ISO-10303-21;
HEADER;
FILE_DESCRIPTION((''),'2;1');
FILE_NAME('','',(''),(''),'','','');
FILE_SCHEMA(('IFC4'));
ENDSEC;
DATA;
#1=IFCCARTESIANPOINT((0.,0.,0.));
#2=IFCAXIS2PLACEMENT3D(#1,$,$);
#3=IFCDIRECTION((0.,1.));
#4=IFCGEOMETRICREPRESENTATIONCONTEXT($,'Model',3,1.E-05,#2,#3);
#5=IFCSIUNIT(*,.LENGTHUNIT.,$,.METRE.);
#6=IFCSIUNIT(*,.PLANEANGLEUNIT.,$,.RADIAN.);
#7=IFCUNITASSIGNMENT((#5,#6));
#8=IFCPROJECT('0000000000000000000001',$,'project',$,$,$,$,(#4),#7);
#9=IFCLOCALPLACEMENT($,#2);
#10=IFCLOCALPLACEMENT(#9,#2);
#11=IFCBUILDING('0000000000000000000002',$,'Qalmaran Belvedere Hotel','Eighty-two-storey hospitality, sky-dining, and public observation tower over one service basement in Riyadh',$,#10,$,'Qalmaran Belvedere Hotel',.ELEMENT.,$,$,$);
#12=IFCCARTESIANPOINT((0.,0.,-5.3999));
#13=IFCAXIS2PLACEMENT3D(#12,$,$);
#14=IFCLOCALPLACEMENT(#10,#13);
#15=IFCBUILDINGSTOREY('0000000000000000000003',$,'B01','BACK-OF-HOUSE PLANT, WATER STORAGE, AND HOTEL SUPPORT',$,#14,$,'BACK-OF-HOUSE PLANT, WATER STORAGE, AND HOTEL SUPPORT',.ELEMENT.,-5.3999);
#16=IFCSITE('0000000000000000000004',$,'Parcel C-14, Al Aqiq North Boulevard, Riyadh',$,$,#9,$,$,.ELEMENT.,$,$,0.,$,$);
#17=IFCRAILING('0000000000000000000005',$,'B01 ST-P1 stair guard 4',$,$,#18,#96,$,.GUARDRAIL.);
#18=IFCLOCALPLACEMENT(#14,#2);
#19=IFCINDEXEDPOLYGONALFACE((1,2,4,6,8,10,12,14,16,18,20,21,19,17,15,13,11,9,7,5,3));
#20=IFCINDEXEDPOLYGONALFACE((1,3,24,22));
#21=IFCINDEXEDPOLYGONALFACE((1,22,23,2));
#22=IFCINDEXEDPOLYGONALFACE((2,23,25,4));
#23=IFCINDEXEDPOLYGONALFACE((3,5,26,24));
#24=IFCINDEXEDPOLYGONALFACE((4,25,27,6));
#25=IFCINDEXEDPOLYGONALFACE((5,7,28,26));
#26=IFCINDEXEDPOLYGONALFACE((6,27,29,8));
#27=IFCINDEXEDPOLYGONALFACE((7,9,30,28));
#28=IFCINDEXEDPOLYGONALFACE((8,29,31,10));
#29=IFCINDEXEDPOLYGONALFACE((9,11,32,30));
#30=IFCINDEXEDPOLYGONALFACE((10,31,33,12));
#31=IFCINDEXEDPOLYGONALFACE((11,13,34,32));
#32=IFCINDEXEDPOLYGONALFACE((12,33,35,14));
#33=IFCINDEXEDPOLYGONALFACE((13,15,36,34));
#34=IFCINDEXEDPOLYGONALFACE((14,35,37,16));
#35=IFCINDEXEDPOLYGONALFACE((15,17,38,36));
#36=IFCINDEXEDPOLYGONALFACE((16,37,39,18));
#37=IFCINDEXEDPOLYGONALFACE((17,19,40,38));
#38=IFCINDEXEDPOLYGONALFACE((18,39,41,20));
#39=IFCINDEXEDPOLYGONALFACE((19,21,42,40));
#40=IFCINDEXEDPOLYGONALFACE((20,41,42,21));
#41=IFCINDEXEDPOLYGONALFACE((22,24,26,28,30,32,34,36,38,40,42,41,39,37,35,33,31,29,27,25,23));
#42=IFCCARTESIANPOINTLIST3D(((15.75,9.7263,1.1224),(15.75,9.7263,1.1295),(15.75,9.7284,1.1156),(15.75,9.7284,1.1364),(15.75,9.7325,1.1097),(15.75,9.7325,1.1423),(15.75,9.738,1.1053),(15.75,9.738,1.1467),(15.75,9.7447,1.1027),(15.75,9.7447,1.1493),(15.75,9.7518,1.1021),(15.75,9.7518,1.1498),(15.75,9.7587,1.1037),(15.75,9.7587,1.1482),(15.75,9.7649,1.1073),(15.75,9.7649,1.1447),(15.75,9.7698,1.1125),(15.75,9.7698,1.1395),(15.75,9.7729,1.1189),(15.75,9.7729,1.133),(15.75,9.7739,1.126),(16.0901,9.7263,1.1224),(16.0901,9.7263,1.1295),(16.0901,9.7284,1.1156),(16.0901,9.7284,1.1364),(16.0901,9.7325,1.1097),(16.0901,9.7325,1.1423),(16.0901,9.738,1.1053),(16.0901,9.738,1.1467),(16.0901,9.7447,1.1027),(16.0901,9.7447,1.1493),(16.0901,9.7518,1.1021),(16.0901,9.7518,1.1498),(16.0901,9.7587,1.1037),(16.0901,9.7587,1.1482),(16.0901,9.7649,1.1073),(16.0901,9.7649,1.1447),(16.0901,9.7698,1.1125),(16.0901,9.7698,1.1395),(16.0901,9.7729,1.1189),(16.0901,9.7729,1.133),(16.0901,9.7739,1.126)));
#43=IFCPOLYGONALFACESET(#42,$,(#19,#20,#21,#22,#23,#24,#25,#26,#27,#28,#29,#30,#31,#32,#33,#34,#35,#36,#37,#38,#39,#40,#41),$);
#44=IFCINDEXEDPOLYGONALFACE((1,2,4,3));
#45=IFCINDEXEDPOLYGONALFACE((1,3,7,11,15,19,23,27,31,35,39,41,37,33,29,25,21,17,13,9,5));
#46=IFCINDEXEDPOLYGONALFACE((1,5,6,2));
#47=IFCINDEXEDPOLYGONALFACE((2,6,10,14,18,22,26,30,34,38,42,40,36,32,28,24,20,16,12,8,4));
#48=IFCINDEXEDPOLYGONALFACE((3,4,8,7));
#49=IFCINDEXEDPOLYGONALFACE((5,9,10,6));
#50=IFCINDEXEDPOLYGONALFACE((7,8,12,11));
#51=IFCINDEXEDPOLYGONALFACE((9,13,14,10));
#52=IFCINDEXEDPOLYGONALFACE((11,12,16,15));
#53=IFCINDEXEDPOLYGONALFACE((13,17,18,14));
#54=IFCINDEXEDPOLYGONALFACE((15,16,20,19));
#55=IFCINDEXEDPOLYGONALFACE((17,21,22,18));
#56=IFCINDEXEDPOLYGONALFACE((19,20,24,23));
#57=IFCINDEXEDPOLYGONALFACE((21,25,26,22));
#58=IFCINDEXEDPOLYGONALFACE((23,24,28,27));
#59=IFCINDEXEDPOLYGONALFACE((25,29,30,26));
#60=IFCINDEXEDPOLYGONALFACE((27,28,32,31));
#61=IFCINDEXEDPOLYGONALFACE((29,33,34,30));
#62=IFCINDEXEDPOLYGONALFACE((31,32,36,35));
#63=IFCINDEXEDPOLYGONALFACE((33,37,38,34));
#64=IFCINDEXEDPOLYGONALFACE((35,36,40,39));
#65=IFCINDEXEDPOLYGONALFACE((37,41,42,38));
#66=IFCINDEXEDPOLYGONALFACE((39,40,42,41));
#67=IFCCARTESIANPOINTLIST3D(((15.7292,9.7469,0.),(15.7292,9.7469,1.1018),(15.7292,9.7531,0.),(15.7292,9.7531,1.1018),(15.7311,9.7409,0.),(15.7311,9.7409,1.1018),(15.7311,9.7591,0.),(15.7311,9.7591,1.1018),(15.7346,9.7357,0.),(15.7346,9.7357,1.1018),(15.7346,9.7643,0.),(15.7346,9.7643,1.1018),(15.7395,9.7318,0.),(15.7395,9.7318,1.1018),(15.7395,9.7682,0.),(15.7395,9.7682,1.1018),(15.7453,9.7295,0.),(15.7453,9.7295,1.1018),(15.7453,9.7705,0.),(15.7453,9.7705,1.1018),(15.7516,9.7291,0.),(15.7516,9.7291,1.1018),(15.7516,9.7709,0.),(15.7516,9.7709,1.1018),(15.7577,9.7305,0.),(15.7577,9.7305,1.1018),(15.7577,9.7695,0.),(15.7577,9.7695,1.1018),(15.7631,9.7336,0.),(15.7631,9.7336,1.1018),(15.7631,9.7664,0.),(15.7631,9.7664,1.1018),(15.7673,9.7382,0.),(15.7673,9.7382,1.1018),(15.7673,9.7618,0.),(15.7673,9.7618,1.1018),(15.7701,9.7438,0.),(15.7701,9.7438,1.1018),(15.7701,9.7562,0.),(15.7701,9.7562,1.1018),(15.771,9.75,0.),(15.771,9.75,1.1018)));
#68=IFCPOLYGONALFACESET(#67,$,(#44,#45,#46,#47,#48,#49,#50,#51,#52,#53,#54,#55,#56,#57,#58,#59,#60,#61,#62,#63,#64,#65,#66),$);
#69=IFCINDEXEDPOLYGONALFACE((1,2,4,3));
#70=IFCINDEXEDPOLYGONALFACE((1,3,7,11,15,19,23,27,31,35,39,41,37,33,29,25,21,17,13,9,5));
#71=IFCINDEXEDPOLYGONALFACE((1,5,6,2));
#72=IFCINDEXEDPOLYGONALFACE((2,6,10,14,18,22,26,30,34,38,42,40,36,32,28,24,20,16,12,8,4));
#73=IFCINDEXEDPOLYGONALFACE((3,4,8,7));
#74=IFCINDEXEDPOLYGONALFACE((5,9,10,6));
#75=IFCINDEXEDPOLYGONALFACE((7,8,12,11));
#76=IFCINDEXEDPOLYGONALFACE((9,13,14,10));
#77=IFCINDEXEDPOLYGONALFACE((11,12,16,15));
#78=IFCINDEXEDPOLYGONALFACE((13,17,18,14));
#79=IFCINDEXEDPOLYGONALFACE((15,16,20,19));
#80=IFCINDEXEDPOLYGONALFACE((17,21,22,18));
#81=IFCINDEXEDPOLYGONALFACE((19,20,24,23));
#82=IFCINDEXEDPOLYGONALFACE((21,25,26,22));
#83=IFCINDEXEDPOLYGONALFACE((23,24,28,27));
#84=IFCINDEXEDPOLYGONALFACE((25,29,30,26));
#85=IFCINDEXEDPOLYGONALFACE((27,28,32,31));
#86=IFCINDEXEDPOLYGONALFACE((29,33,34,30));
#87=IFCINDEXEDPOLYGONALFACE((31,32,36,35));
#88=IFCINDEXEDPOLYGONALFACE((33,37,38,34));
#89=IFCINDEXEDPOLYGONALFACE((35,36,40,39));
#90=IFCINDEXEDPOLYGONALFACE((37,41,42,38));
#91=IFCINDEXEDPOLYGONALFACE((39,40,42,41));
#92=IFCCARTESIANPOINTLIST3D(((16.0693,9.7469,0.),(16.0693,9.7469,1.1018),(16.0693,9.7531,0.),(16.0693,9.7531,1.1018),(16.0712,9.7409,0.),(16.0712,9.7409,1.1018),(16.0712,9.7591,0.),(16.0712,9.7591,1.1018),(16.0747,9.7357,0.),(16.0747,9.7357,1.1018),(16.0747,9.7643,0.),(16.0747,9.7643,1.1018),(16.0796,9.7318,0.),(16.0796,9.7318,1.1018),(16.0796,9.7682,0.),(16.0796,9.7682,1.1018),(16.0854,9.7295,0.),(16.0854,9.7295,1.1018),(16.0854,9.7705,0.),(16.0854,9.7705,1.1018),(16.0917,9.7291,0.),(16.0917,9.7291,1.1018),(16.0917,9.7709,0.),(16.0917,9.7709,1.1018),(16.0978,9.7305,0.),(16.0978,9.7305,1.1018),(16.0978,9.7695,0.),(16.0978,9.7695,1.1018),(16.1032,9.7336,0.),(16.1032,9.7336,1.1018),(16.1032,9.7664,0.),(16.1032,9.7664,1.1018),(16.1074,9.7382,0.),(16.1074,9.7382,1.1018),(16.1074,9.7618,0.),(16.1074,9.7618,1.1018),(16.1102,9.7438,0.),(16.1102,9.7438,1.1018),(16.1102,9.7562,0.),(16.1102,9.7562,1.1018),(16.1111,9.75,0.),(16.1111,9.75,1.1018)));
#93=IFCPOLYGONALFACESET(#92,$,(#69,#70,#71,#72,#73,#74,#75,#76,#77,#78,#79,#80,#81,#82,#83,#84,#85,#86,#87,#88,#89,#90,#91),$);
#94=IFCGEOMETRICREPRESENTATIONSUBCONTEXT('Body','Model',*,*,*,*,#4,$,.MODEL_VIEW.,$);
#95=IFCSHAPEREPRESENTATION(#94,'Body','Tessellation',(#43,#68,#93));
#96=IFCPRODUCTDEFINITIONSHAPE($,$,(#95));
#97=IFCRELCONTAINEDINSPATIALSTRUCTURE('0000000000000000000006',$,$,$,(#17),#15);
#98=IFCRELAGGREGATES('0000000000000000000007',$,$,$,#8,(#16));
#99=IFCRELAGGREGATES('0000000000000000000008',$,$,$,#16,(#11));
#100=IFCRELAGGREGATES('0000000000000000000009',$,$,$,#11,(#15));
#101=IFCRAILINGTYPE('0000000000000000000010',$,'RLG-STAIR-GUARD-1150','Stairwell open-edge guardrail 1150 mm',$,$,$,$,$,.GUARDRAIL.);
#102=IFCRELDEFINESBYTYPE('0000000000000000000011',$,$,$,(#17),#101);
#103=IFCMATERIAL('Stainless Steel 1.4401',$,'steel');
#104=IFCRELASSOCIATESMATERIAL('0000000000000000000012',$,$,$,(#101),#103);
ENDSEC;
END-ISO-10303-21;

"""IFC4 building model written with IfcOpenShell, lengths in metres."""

from ifc_helpers import new_model, si_unit, direction, frame, origin, origin_2d, place, context, subcontext, project, spatial, circle, extrude, material, type_object, element, save


model = new_model("IFC4")

# Units and contexts
model_context = context("Model", 3, precision=1e-05, world=origin(), true_north=direction((0.0, 1.0)))
body_context = subcontext(model_context, "Body", "Model", "MODEL_VIEW")
ifc_project = project(units=[si_unit("LENGTHUNIT", "METRE"), si_unit("PLANEANGLEUNIT", "RADIAN")], contexts=[model_context])

# Site, building, storey
site_placement = place(None, origin())
site = spatial("IfcSite", under=ifc_project, at=site_placement, Name="Parcel C-14, Al Aqiq North Boulevard, Riyadh", CompositionType="ELEMENT", RefElevation=0.0)
building_placement = place(site_placement, origin())
building = spatial("IfcBuilding", under=site, at=building_placement, Name="Qalmaran Belvedere Hotel", Description="Eighty-two-storey hospitality, sky-dining, and public observation tower over one service basement in Riyadh", LongName="Qalmaran Belvedere Hotel", CompositionType="ELEMENT")
storey_placement = place(building_placement, frame((0.0, 0.0, -5.3999)))
storey = spatial("IfcBuildingStorey", under=building, at=storey_placement, Name="B01", Description="BACK-OF-HOUSE PLANT, WATER STORAGE, AND HOTEL SUPPORT", LongName="BACK-OF-HOUSE PLANT, WATER STORAGE, AND HOTEL SUPPORT", CompositionType="ELEMENT", Elevation=-5.3999)

# Railing
ifc_material_1 = material(Name="Stainless Steel 1.4401", Category="steel")
railing_type_1 = type_object("IfcRailingType", Name="RLG-STAIR-GUARD-1150", Description="Stairwell open-edge guardrail 1150 mm", PredefinedType="GUARDRAIL", material=ifc_material_1)
railing_1_placement = place(storey_placement, frame((15.75, 9.75, 0.0)))
element("IfcRailing", 1, at=railing_1_placement, inside=storey, type_object=railing_type_1, Name="B01 ST-P1 stair guard 4", PredefinedType="GUARDRAIL", context=body_context, shape_type="SweptSolid", body=[
    extrude(circle(Radius=0.0239, at=origin_2d()), frame((0.0, 0.0, 1.126), z_axis=(1.0, 0.0, 0.0), x_axis=(0.0, 1.0, 0.0)), (0.0, 0.0, 1.0), 0.3401),
    extrude(circle(Radius=0.021, at=origin_2d()), origin(), (0.0, 0.0, 1.0), 1.1018),
    extrude(circle(Radius=0.021, at=origin_2d()), frame((0.3401, 0.0, 0.0)), (0.0, 0.0, 1.0), 1.1018),
])

save(model, "model.ifc")
